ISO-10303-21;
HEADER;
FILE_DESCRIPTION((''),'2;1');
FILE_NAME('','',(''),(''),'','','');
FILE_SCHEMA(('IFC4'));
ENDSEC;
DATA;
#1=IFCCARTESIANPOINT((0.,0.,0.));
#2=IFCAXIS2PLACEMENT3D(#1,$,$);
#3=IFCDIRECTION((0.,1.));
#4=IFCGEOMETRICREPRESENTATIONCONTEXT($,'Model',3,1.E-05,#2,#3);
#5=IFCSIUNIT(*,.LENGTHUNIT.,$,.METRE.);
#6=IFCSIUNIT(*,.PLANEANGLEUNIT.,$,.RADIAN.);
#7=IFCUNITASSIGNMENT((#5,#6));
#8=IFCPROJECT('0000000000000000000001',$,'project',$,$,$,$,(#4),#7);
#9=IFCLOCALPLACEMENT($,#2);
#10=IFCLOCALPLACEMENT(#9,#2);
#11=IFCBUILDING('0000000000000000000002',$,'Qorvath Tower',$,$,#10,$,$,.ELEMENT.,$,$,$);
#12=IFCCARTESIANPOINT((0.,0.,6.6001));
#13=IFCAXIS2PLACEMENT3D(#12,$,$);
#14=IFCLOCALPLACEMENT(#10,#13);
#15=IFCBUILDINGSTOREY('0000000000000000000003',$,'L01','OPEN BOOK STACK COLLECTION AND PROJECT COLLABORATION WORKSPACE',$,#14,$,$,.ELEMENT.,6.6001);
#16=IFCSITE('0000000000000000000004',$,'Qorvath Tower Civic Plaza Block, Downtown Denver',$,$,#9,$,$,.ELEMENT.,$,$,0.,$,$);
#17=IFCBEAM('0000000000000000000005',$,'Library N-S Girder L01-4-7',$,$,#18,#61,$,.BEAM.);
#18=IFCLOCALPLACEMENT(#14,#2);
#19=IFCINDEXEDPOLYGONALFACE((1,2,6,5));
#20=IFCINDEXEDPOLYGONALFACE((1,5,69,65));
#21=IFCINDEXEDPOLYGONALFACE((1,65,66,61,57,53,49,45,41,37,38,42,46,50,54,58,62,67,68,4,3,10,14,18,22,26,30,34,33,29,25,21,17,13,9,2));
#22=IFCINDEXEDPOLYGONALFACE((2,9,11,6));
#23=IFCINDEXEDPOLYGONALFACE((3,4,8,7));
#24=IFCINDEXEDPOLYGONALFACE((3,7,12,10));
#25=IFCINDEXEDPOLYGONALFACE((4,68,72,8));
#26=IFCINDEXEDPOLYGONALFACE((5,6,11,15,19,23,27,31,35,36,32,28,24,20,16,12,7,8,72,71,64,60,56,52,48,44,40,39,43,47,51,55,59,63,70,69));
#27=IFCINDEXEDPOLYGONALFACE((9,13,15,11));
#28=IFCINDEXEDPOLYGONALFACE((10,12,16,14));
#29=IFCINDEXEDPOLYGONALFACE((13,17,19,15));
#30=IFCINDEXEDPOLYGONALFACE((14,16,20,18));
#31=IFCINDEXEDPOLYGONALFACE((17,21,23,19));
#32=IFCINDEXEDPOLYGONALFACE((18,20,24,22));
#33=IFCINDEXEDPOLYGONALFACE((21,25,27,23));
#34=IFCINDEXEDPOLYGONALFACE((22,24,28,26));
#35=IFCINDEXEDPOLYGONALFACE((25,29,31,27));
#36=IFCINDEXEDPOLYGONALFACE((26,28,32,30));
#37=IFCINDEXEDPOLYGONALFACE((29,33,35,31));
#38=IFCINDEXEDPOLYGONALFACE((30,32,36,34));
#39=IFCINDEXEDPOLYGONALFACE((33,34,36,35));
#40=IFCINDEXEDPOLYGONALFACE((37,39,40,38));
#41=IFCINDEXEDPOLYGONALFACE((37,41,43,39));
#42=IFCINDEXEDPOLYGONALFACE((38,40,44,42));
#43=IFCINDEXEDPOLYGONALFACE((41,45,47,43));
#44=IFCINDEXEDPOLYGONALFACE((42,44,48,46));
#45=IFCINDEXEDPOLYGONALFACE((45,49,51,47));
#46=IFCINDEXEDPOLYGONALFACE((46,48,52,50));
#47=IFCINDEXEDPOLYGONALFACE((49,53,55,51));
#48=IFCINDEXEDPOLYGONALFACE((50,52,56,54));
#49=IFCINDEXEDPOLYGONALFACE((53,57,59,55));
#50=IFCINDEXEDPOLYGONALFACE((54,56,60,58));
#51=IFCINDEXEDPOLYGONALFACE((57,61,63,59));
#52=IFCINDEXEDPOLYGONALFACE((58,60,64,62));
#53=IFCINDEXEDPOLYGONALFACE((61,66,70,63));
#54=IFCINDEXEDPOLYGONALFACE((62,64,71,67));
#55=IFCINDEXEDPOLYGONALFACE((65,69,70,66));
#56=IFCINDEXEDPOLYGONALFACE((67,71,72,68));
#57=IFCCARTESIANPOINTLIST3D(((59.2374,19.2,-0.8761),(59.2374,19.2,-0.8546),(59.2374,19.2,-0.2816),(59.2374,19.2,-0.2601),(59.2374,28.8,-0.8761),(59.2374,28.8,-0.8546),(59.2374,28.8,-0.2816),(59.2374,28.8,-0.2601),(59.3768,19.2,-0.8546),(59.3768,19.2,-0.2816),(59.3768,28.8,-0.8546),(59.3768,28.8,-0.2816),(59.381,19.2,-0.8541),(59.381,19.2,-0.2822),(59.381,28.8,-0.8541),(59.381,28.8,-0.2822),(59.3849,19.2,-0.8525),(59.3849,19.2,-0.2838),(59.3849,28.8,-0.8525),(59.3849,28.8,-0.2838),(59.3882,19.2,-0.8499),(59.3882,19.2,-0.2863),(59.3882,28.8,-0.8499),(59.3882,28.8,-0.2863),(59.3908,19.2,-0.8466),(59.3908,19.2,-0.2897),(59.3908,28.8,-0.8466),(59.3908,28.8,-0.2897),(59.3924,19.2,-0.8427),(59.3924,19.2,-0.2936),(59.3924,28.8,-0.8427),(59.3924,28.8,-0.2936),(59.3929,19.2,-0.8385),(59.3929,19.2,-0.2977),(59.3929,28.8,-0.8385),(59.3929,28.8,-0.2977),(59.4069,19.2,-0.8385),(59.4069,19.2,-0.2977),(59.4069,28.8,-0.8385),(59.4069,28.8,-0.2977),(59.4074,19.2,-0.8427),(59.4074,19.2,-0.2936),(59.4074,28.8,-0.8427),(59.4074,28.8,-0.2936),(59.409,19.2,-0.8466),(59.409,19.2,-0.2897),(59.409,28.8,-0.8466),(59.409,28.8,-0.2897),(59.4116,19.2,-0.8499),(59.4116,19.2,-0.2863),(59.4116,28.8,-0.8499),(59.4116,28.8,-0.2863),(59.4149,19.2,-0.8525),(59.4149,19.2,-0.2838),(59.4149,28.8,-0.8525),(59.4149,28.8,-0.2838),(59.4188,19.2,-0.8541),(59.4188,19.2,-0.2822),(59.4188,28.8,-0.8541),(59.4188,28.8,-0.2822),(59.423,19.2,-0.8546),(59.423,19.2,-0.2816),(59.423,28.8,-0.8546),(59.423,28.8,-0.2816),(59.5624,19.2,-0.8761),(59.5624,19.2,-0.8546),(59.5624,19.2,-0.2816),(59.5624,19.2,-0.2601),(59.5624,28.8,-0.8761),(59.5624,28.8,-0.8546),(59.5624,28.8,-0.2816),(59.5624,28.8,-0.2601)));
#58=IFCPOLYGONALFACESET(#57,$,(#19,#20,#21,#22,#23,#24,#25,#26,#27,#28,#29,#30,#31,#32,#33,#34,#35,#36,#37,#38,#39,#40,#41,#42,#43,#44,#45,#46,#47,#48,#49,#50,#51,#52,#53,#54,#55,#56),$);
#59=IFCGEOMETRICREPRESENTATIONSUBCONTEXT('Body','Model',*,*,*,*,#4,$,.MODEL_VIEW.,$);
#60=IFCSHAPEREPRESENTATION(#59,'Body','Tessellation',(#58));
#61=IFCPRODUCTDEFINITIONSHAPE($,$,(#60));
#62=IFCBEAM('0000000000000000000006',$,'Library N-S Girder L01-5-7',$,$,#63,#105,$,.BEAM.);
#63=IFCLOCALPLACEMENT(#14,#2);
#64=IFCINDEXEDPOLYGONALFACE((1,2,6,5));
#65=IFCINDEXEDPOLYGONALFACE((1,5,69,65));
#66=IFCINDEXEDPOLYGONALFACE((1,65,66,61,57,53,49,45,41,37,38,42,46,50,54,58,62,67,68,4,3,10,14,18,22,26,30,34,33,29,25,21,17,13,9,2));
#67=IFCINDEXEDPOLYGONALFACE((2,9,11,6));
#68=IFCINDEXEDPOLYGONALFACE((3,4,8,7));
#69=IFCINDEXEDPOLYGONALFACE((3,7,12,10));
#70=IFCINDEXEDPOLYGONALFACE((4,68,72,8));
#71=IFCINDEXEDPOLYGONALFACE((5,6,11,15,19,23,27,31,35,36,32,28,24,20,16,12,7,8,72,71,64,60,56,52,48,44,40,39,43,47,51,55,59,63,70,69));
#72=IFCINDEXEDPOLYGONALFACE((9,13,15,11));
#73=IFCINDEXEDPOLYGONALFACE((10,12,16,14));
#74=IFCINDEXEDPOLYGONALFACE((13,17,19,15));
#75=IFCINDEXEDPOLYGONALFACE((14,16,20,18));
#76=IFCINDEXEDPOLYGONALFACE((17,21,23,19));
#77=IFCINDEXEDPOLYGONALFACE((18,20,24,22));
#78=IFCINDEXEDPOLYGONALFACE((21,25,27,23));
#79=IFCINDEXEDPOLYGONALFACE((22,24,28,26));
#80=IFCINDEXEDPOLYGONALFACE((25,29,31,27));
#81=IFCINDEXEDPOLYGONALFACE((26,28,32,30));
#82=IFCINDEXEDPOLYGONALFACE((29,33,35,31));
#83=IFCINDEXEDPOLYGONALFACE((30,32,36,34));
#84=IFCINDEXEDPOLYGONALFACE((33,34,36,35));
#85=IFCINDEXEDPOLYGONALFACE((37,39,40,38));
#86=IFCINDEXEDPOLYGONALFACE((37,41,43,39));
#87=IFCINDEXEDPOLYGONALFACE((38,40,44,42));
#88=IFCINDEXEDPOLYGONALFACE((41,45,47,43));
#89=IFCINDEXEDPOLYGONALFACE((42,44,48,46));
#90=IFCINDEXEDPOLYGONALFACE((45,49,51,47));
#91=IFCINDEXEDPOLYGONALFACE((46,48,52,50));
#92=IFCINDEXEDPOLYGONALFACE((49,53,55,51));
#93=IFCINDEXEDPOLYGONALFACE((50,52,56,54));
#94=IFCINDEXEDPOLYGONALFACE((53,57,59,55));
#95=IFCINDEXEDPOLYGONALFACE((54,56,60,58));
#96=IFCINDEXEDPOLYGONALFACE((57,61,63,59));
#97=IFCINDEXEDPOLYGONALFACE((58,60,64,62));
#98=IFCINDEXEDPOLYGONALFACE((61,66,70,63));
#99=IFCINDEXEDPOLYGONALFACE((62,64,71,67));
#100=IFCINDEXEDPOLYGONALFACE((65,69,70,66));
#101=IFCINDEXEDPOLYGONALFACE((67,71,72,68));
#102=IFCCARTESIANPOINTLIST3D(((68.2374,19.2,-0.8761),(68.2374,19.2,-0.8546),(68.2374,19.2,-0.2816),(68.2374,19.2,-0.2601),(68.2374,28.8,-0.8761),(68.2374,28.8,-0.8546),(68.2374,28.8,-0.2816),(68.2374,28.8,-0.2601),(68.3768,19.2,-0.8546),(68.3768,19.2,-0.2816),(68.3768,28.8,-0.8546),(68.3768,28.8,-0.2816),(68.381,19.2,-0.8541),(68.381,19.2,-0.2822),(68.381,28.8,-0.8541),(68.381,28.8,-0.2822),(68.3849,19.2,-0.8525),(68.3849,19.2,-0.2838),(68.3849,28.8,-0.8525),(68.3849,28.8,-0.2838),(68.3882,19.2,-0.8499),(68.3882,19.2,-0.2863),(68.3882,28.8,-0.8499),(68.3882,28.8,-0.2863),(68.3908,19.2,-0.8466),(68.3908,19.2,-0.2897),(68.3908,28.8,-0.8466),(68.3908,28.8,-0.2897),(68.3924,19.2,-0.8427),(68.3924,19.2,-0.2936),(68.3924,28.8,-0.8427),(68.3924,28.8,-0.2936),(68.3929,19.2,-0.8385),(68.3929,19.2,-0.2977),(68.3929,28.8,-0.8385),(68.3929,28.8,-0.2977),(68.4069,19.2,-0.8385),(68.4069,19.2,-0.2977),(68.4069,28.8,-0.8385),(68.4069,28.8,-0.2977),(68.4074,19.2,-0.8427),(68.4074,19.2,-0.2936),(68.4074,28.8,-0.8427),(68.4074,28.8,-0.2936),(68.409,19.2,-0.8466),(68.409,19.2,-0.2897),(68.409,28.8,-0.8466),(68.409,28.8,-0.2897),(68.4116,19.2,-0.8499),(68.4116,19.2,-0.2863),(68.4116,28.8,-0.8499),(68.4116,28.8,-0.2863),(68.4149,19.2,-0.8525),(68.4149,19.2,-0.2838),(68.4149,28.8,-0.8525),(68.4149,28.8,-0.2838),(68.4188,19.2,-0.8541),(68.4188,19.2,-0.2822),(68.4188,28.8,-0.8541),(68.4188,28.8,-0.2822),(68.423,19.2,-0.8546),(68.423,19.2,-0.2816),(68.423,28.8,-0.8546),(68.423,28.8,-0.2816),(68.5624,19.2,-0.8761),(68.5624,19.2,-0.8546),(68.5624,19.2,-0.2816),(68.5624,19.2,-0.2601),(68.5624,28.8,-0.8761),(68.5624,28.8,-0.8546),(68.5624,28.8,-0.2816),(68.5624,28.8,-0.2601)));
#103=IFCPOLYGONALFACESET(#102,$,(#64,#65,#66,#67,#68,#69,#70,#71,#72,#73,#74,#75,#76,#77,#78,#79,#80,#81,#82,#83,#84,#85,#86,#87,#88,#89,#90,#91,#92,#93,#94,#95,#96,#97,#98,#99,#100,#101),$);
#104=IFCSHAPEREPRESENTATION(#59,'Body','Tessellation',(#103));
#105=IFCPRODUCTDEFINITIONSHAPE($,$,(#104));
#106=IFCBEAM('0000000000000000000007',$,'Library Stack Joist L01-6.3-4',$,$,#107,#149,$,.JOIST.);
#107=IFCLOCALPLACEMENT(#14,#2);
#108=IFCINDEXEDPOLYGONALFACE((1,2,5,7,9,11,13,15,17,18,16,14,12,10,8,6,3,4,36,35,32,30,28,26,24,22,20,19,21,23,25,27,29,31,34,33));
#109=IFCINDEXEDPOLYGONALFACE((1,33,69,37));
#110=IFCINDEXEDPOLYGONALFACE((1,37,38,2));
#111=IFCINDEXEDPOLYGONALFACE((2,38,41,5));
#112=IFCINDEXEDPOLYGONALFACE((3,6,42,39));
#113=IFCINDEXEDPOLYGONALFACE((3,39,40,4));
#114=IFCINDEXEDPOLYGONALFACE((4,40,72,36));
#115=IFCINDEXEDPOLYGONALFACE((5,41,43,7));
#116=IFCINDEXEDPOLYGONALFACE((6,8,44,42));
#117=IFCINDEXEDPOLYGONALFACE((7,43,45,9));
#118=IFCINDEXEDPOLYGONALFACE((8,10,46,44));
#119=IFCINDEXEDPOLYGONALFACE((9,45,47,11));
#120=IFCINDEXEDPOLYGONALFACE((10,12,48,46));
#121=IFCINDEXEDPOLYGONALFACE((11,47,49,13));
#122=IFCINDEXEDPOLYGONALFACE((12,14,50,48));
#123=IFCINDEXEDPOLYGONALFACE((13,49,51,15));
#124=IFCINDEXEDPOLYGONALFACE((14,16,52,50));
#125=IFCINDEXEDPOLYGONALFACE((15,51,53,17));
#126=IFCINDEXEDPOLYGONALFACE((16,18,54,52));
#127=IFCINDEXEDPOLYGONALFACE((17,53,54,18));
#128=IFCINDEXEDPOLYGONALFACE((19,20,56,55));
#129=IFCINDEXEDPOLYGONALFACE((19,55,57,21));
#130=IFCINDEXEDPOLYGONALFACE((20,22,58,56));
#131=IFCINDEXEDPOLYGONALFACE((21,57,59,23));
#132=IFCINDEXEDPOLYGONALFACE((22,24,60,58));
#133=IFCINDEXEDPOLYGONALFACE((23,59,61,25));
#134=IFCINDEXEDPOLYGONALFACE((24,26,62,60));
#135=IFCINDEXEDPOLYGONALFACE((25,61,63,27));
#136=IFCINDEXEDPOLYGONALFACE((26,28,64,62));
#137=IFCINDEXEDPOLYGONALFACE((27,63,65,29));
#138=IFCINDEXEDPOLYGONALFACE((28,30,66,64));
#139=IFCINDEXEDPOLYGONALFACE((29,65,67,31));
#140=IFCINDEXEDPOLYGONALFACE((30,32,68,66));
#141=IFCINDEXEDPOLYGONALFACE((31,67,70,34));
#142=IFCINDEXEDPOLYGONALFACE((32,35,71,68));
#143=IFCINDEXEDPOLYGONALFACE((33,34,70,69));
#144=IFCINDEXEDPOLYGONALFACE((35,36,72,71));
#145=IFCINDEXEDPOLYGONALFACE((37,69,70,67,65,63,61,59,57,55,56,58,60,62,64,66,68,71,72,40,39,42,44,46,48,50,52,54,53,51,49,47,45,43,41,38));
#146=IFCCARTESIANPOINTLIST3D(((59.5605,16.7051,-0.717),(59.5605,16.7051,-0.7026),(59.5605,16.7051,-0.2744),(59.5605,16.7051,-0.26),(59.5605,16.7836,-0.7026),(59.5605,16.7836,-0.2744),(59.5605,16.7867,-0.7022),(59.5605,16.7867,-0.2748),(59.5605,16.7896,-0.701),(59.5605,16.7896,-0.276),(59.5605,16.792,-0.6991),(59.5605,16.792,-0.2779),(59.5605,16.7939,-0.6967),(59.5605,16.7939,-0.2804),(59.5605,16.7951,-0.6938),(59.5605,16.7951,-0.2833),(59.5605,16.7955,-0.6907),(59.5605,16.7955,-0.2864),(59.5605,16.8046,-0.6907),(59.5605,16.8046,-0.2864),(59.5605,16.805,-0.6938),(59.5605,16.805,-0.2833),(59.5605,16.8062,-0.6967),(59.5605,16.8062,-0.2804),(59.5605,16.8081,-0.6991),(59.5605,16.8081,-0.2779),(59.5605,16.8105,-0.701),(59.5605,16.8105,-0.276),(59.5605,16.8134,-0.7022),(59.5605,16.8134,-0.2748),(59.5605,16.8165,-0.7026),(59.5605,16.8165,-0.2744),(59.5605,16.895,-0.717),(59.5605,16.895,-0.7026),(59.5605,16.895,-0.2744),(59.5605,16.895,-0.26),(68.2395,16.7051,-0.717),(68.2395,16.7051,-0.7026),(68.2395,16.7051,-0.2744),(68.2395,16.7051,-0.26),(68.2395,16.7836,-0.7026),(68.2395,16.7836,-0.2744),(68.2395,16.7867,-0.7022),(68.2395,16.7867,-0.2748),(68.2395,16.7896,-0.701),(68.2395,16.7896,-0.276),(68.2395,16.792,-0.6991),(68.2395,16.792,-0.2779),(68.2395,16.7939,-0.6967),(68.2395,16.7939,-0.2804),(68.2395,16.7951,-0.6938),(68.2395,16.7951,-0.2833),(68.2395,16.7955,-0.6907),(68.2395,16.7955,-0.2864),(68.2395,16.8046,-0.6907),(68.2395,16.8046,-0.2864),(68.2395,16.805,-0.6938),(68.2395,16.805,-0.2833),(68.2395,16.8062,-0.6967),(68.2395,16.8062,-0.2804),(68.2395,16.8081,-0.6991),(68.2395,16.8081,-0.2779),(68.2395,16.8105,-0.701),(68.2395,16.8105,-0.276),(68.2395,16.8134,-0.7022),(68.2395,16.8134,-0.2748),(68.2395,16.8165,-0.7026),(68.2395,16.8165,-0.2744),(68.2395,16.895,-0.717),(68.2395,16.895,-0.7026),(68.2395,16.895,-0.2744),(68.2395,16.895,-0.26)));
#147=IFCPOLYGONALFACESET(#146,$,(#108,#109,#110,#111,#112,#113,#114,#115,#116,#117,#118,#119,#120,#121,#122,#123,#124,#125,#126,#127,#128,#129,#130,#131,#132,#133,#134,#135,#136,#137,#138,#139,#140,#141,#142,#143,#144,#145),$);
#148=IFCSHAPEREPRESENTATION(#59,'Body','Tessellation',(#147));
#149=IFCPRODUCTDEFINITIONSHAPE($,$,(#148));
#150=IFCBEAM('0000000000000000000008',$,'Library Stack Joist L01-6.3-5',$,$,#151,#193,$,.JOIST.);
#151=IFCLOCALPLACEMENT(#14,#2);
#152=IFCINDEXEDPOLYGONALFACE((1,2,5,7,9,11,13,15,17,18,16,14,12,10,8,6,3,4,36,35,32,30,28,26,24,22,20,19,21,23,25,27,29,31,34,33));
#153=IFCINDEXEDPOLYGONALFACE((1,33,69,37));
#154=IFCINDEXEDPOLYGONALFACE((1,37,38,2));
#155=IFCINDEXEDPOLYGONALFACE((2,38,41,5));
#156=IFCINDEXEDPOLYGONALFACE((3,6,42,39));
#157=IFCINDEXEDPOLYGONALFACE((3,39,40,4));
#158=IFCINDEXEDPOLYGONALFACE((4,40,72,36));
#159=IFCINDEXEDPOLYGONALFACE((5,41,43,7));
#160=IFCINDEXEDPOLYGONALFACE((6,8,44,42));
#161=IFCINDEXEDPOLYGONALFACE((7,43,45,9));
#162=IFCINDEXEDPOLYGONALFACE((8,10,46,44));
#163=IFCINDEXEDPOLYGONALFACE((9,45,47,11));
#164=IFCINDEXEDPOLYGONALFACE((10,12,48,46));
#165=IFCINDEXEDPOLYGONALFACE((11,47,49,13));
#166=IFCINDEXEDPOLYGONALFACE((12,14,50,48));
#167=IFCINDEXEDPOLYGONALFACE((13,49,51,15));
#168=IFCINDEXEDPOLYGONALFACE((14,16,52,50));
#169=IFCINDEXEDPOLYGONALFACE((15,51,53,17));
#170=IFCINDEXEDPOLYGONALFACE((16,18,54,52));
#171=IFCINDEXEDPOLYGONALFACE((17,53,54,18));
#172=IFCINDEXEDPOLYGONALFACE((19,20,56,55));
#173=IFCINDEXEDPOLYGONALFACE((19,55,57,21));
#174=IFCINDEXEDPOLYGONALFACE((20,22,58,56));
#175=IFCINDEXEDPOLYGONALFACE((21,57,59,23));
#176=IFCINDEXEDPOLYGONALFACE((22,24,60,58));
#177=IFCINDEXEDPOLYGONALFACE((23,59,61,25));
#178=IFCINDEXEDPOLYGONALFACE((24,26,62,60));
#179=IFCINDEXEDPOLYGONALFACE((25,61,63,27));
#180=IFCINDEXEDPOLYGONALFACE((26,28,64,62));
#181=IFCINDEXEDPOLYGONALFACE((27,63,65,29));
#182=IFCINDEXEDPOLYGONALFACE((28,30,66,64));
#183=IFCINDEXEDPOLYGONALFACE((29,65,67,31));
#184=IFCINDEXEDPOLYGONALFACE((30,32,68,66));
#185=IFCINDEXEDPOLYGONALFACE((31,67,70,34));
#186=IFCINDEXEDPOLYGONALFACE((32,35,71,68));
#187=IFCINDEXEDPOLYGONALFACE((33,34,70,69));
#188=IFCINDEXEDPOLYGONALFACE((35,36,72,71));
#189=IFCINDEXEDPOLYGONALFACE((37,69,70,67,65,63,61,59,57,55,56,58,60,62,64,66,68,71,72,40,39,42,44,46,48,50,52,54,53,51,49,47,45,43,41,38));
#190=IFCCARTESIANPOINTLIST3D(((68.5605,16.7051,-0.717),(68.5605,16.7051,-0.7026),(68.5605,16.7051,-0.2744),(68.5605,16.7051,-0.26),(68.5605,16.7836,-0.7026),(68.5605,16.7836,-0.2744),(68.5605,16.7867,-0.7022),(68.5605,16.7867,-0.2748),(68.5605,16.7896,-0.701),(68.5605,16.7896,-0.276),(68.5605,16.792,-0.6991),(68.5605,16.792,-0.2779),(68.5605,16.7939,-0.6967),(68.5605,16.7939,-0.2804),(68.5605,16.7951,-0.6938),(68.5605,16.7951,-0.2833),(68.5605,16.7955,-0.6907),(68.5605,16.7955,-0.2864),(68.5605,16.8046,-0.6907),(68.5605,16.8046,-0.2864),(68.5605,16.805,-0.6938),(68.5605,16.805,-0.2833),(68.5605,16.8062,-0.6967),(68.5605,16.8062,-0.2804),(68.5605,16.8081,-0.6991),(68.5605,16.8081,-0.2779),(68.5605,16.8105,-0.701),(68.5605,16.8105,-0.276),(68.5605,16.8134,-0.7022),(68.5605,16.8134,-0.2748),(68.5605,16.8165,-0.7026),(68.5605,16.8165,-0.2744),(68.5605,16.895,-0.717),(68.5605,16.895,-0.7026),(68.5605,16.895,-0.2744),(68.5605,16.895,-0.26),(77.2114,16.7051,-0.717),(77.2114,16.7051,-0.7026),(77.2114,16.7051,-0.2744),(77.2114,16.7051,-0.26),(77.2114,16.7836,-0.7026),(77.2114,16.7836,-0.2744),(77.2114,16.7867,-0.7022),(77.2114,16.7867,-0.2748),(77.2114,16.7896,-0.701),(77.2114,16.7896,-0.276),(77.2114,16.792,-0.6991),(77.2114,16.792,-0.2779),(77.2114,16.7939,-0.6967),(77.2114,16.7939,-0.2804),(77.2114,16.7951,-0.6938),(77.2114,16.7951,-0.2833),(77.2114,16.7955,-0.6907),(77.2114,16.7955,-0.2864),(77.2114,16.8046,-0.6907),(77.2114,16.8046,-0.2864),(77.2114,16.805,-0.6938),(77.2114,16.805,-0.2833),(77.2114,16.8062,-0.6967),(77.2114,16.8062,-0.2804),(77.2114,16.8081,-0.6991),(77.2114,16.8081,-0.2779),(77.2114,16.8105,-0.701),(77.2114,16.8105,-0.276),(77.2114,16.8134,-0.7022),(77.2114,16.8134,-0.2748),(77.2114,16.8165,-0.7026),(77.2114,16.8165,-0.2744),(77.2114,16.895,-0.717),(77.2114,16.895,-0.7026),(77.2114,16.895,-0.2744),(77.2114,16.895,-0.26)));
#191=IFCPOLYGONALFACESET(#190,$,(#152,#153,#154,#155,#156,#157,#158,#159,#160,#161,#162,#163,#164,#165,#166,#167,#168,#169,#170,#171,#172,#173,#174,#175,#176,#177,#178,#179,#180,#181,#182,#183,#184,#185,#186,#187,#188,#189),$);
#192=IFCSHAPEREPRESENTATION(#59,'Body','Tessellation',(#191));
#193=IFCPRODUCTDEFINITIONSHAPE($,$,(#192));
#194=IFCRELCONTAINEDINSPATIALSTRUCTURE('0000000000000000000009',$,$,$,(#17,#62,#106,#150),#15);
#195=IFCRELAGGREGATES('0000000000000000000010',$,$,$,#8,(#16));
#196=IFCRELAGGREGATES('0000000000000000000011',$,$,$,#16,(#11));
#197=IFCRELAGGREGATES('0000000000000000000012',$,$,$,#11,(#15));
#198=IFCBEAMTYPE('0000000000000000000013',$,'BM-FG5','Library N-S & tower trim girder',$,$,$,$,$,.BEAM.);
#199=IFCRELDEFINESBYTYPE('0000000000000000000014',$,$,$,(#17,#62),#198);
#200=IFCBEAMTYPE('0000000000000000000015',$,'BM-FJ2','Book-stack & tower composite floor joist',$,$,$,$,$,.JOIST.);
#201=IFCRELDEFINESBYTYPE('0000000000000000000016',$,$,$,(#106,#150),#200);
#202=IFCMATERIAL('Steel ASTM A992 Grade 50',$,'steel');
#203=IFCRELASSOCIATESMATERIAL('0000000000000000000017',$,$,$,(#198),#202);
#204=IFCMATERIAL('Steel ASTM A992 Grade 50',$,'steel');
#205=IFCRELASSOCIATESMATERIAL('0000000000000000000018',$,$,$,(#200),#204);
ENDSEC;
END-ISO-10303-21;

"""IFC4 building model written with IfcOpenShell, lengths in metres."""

from ifc_helpers import new_model, si_unit, direction, frame, origin, origin_2d, place, context, subcontext, project, spatial, i_section, extrude, material, material_profile, profile_set, type_object, element, save


model = new_model("IFC4")

# Units and contexts
model_context = context("Model", 3, precision=1e-05, world=origin(), true_north=direction((0.0, 1.0)))
body_context = subcontext(model_context, "Body", "Model", "MODEL_VIEW")
ifc_project = project(units=[si_unit("LENGTHUNIT", "METRE"), si_unit("PLANEANGLEUNIT", "RADIAN")], contexts=[model_context])

# Site, building, storey
site_placement = place(None, origin())
site = spatial("IfcSite", under=ifc_project, at=site_placement, Name="Qorvath Tower Civic Plaza Block, Downtown Denver", CompositionType="ELEMENT", RefElevation=0.0)
building_placement = place(site_placement, origin())
building = spatial("IfcBuilding", under=site, at=building_placement, Name="Qorvath Tower", CompositionType="ELEMENT")
storey_placement = place(building_placement, frame((0.0, 0.0, 6.6001)))
storey = spatial("IfcBuildingStorey", under=building, at=storey_placement, Name="L01", Description="OPEN BOOK STACK COLLECTION AND PROJECT COLLABORATION WORKSPACE", CompositionType="ELEMENT", Elevation=6.6001)

# Beams
ifc_material_1 = material(Name="Steel ASTM A992 Grade 50", Category="steel")
ifc_material_profile_1 = material_profile(ifc_material_1, i_section(OverallWidth=0.325, OverallDepth=0.616, WebThickness=0.0139, FlangeThickness=0.0215, FilletRadius=0.0161, at=origin_2d()), Name="W24x117")
ifc_profile_set_1 = profile_set([ifc_material_profile_1], Name="Steel ASTM A992 Grade 50")
beam_type_1 = type_object("IfcBeamType", Name="BM-FG5", Description="Library N-S & tower trim girder", PredefinedType="BEAM", material=ifc_profile_set_1)
for number, where, z_axis, x_axis, name in (
    (1, (59.3999, 19.2, -0.5681), (0.0, 1.0, 0.0), (-1.0, 0.0, 0.0), "Library N-S Girder L01-4-7"),
    (2, (68.3999, 19.2, -0.5681), (0.0, 1.0, 0.0), (-1.0, 0.0, 0.0), "Library N-S Girder L01-5-7"),
):
    element("IfcBeam", number, at=place(storey_placement, frame(where, z_axis=z_axis, x_axis=x_axis)), inside=storey, type_object=beam_type_1, Name=name, PredefinedType="BEAM", context=body_context, shape_type="SweptSolid", body=[
        extrude(i_section(OverallWidth=0.325, OverallDepth=0.616, WebThickness=0.0139, FlangeThickness=0.0215, FilletRadius=0.0161, at=origin_2d()), origin(), (0.0, 0.0, 1.0), 9.6001),
    ])
ifc_material_2 = material(Name="Steel ASTM A992 Grade 50", Category="steel")
ifc_material_profile_2 = material_profile(ifc_material_2, i_section(OverallWidth=0.1899, OverallDepth=0.457, WebThickness=0.009, FlangeThickness=0.0144, FilletRadius=0.012, at=origin_2d()), Name="W18x50")
ifc_profile_set_2 = profile_set([ifc_material_profile_2], Name="Steel ASTM A992 Grade 50")
beam_type_2 = type_object("IfcBeamType", Name="BM-FJ2", Description="Book-stack & tower composite floor joist", PredefinedType="JOIST", material=ifc_profile_set_2)
beam_1_placement = place(storey_placement, frame((59.5605, 16.8, -0.4885), z_axis=(1.0, 0.0, 0.0), x_axis=(0.0, 1.0, 0.0)))
element("IfcBeam", 3, at=beam_1_placement, inside=storey, type_object=beam_type_2, Name="Library Stack Joist L01-6.3-4", PredefinedType="JOIST", context=body_context, shape_type="SweptSolid", body=[
    extrude(i_section(OverallWidth=0.1899, OverallDepth=0.457, WebThickness=0.009, FlangeThickness=0.0144, FilletRadius=0.012, at=origin_2d()), origin(), (0.0, 0.0, 1.0), 8.679),
])
beam_2_placement = place(storey_placement, frame((68.5605, 16.8, -0.4885), z_axis=(1.0, 0.0, 0.0), x_axis=(0.0, 1.0, 0.0)))
element("IfcBeam", 4, at=beam_2_placement, inside=storey, type_object=beam_type_2, Name="Library Stack Joist L01-6.3-5", PredefinedType="JOIST", context=body_context, shape_type="SweptSolid", body=[
    extrude(i_section(OverallWidth=0.1899, OverallDepth=0.457, WebThickness=0.009, FlangeThickness=0.0144, FilletRadius=0.012, at=origin_2d()), origin(), (0.0, 0.0, 1.0), 8.6509),
])

save(model, "model.ifc")
